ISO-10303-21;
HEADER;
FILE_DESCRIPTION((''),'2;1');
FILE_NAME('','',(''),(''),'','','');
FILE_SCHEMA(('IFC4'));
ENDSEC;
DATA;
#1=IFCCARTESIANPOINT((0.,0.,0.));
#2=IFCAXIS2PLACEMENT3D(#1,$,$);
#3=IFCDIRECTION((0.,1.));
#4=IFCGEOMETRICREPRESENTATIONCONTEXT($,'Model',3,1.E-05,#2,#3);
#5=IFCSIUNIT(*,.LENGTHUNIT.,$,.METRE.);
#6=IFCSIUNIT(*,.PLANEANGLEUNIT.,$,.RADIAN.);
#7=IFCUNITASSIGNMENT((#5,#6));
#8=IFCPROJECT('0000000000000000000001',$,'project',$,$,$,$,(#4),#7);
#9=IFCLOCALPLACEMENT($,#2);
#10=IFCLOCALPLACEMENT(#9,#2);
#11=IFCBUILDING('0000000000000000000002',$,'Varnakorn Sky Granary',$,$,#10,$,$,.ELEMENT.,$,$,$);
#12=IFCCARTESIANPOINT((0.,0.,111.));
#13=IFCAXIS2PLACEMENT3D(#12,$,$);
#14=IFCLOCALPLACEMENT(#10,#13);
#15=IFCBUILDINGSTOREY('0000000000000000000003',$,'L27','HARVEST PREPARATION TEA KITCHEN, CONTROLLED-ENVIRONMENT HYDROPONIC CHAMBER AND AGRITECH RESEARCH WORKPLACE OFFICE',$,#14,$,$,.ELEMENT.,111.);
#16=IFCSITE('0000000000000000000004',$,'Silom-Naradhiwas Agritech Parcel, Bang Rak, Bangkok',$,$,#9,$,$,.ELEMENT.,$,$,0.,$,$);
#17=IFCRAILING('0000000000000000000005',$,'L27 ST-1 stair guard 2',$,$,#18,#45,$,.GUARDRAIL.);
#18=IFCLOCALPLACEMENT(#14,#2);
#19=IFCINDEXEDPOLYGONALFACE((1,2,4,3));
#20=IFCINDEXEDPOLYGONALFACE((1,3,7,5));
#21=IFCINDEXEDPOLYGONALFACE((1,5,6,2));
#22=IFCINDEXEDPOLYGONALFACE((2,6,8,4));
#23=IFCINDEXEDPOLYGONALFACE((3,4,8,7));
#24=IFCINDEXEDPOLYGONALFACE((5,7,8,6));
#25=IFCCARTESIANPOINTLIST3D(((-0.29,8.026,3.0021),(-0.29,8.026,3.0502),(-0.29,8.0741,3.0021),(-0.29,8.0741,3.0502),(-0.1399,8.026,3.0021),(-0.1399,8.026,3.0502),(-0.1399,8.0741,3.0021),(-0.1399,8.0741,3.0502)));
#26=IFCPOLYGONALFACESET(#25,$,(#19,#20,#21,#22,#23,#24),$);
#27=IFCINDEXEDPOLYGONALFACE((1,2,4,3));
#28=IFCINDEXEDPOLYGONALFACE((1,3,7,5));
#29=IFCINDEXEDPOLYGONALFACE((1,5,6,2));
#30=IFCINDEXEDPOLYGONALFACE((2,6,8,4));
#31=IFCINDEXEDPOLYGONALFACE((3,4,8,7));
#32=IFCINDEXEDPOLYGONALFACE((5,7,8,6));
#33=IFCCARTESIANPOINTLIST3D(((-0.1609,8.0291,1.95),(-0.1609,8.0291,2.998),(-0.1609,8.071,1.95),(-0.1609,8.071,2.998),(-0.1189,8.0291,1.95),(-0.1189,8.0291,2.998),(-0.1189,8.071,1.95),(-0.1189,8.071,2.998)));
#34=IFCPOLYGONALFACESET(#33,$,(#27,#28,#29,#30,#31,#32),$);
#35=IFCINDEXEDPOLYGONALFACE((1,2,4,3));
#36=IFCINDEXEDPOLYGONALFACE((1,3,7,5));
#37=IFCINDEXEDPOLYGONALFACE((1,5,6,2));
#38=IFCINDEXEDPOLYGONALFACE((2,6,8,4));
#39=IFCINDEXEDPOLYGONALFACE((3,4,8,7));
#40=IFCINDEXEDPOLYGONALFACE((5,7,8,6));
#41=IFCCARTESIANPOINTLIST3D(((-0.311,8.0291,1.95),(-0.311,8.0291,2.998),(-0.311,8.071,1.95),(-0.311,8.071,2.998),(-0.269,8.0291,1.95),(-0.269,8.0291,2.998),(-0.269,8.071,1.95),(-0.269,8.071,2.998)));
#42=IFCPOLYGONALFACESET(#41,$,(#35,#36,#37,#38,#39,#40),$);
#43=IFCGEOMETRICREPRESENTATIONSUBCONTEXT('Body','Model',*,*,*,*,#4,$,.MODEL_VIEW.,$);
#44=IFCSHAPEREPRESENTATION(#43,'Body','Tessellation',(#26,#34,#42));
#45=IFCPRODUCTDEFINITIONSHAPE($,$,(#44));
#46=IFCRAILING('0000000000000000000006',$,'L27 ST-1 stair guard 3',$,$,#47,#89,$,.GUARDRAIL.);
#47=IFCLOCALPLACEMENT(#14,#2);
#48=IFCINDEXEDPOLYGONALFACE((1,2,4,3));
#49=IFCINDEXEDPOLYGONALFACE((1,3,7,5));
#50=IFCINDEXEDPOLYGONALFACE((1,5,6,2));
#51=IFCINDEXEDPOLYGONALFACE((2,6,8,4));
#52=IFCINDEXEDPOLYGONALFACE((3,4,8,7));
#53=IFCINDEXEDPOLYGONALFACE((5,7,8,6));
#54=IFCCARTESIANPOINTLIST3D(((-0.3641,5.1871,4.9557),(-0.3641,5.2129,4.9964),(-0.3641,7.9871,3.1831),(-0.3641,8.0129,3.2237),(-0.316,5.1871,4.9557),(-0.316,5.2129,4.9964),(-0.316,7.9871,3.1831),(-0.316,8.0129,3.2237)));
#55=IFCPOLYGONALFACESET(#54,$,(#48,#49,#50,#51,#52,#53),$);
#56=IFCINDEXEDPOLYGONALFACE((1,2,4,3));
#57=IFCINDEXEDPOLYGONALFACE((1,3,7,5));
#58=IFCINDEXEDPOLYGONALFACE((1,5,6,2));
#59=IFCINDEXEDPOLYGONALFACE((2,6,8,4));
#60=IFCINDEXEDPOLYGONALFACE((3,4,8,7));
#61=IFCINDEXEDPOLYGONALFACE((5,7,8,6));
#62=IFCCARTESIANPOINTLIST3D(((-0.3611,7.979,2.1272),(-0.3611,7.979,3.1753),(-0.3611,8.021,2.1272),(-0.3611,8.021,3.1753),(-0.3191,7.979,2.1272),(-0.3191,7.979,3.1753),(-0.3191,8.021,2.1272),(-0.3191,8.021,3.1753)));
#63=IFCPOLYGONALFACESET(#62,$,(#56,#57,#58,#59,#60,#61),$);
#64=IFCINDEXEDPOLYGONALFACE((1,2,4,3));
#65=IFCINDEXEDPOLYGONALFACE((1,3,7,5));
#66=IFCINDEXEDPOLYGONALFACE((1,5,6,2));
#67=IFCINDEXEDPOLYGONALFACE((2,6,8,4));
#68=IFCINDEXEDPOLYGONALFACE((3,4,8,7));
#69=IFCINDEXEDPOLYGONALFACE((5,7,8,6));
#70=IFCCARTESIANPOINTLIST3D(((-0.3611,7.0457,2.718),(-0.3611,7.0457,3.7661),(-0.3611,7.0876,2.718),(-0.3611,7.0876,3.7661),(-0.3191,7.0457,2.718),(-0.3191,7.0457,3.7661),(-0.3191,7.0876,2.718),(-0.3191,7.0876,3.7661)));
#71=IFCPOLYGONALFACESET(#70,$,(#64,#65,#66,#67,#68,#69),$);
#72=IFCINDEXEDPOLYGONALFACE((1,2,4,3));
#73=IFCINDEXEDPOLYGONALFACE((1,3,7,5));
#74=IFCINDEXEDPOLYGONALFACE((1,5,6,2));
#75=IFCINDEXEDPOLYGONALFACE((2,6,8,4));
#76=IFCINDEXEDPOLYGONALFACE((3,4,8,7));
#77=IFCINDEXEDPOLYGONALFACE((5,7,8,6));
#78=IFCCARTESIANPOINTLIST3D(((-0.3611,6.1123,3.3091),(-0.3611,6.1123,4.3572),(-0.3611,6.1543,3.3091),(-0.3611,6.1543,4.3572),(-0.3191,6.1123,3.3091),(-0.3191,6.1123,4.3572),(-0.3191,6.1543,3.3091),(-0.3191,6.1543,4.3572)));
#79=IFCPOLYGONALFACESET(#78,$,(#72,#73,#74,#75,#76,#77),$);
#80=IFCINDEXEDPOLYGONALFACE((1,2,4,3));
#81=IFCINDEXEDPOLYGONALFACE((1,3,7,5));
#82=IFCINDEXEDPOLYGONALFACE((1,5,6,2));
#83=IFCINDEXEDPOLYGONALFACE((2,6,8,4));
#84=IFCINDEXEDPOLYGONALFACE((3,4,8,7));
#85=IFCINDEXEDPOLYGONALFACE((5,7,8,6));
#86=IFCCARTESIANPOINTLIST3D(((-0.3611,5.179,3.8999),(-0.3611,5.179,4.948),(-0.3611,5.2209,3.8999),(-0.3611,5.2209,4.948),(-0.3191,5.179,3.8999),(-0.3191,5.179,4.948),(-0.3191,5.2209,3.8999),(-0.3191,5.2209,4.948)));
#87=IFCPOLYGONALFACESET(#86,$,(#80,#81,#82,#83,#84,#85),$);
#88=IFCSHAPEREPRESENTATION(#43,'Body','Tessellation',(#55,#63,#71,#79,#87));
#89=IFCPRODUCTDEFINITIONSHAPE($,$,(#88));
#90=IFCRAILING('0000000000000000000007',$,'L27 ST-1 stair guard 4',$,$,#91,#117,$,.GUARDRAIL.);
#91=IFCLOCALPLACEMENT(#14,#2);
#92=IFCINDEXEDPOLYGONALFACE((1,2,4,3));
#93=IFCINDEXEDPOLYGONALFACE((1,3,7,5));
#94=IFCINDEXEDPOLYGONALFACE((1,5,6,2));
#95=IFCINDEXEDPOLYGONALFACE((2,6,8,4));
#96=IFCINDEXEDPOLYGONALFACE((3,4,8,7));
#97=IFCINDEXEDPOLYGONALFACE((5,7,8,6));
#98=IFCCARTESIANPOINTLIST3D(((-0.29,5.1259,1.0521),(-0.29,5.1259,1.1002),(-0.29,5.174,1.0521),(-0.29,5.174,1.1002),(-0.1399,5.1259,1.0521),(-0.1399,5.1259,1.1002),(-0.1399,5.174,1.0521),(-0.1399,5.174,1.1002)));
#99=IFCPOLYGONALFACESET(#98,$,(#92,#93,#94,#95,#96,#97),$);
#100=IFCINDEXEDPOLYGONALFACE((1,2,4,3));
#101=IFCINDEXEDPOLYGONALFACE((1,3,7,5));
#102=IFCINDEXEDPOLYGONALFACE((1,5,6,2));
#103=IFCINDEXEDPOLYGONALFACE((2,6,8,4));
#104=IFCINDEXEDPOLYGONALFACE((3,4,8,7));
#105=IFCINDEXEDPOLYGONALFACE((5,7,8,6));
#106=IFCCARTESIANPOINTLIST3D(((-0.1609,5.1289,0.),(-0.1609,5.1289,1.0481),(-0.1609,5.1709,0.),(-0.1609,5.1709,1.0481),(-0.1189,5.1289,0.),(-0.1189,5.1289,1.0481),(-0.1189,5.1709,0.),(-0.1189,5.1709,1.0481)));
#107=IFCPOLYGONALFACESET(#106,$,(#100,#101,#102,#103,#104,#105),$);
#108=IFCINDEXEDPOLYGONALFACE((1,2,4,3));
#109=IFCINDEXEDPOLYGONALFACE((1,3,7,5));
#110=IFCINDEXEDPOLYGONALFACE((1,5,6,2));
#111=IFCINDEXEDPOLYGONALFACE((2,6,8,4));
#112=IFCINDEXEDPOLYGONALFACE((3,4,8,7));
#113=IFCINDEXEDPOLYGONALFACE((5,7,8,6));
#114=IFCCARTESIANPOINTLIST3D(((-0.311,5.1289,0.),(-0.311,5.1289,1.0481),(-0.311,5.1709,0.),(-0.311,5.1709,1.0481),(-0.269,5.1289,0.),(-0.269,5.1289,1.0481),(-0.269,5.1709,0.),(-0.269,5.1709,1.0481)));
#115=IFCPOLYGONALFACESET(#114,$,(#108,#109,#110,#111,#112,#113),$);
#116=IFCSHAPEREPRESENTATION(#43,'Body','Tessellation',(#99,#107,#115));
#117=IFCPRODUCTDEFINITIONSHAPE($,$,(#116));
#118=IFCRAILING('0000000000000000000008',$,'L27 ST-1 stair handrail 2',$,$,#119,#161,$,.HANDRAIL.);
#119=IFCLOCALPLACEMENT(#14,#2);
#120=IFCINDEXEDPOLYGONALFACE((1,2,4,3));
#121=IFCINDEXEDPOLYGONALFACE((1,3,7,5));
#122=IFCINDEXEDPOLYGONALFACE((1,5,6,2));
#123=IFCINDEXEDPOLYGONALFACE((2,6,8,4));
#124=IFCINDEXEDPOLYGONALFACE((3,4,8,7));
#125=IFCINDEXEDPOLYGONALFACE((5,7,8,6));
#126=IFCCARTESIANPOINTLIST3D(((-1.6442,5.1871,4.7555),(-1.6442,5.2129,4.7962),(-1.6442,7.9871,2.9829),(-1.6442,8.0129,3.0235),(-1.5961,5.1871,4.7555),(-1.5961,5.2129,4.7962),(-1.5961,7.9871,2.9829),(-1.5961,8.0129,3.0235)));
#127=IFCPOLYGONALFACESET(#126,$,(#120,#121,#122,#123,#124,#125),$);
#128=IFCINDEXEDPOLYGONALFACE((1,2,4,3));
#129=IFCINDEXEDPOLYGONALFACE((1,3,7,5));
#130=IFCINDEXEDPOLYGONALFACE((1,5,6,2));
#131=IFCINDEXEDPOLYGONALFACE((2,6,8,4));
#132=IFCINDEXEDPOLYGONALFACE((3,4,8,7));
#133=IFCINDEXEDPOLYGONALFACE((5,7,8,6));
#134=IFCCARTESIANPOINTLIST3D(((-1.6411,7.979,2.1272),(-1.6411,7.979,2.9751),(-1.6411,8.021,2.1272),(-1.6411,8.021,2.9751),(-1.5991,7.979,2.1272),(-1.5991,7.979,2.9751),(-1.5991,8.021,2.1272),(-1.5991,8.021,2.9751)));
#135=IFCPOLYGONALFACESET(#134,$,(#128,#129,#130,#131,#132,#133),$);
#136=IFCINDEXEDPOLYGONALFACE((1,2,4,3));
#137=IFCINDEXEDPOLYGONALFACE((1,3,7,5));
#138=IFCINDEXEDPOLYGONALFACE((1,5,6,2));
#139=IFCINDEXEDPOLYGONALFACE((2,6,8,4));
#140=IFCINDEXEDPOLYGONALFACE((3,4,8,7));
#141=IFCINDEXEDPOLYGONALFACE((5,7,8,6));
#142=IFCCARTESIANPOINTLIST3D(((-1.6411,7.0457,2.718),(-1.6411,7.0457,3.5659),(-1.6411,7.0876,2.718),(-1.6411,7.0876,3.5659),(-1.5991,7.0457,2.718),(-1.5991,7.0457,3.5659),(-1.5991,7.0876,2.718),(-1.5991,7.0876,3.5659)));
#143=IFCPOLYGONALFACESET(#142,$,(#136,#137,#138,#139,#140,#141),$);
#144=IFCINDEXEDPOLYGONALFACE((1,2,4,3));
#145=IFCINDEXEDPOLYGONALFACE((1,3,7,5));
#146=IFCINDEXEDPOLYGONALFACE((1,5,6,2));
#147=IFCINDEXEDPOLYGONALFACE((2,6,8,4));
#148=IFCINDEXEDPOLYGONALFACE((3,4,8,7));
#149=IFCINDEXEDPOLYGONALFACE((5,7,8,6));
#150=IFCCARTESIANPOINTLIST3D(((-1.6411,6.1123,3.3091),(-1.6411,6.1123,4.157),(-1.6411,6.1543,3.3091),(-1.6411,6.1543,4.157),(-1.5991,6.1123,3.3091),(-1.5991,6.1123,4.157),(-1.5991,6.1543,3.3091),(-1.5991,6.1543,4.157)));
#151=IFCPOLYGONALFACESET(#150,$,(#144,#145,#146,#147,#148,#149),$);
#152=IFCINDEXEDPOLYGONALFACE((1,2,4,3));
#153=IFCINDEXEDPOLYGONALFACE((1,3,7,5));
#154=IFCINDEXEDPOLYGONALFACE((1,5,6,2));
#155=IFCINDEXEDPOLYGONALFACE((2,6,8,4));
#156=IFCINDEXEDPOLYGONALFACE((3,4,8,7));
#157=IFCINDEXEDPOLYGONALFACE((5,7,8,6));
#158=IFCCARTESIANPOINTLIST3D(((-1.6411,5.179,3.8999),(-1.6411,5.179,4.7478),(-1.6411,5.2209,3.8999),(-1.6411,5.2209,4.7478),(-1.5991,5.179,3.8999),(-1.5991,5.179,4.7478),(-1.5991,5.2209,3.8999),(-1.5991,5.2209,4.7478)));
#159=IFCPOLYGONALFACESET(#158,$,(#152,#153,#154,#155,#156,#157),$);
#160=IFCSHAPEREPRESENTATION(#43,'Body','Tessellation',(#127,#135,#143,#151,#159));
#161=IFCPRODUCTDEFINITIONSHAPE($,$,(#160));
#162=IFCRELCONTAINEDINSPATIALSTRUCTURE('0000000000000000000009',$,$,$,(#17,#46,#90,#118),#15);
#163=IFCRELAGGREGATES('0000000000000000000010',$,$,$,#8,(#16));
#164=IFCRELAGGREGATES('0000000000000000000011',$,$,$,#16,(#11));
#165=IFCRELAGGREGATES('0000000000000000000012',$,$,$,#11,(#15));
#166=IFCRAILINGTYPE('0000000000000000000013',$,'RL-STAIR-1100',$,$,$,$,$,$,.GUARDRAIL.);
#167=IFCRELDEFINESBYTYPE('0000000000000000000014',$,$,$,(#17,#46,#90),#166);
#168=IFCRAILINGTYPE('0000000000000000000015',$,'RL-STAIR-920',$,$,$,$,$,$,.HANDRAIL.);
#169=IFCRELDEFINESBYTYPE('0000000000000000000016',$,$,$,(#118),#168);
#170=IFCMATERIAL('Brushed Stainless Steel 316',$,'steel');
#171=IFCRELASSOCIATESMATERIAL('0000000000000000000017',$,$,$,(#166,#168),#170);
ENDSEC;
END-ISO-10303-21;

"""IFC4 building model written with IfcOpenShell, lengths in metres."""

from ifc_helpers import new_model, si_unit, direction, frame, origin, origin_2d, place, context, subcontext, project, spatial, rectangle, extrude, material, type_object, element, save


model = new_model("IFC4")

# Units and contexts
model_context = context("Model", 3, precision=1e-05, world=origin(), true_north=direction((0.0, 1.0)))
body_context = subcontext(model_context, "Body", "Model", "MODEL_VIEW")
ifc_project = project(units=[si_unit("LENGTHUNIT", "METRE"), si_unit("PLANEANGLEUNIT", "RADIAN")], contexts=[model_context])

# Site, building, storey
site_placement = place(None, origin())
site = spatial("IfcSite", under=ifc_project, at=site_placement, Name="Silom-Naradhiwas Agritech Parcel, Bang Rak, Bangkok", CompositionType="ELEMENT", RefElevation=0.0)
building_placement = place(site_placement, origin())
building = spatial("IfcBuilding", under=site, at=building_placement, Name="Varnakorn Sky Granary", CompositionType="ELEMENT")
storey_placement = place(building_placement, frame((0.0, 0.0, 111.0)))
storey = spatial("IfcBuildingStorey", under=building, at=storey_placement, Name="L27", Description="HARVEST PREPARATION TEA KITCHEN, CONTROLLED-ENVIRONMENT HYDROPONIC CHAMBER AND AGRITECH RESEARCH WORKPLACE OFFICE", CompositionType="ELEMENT", Elevation=111.0)

# Railings
ifc_material_1 = material(Name="Brushed Stainless Steel 316", Category="steel")
railing_type_1 = type_object("IfcRailingType", Name="RL-STAIR-1100", PredefinedType="GUARDRAIL", material=ifc_material_1)
railing_1_placement = place(storey_placement, frame((-0.1399, 8.05, 1.95)))
element("IfcRailing", 1, at=railing_1_placement, inside=storey, type_object=railing_type_1, Name="L27 ST-1 stair guard 2", PredefinedType="GUARDRAIL", context=body_context, shape_type="SweptSolid", body=[
    extrude(rectangle(XDim=0.0481, YDim=0.0481, at=origin_2d()), frame((0.0, 0.0, 1.0762), z_axis=(-1.0, 0.0, 0.0), x_axis=(0.0, -1.0, 0.0)), (0.0, 0.0, 1.0), 0.1501),
    extrude(rectangle(XDim=0.042, YDim=0.042, at=origin_2d()), origin(), (0.0, 0.0, 1.0), 1.0481),
    extrude(rectangle(XDim=0.042, YDim=0.042, at=origin_2d()), frame((-0.1501, 0.0, 0.0)), (0.0, 0.0, 1.0), 1.0481),
])
railing_2_placement = place(storey_placement, frame((-0.3401, 8.0, 2.1272)))
element("IfcRailing", 2, at=railing_2_placement, inside=storey, type_object=railing_type_1, Name="L27 ST-1 stair guard 3", PredefinedType="GUARDRAIL", context=body_context, shape_type="SweptSolid", body=[
    extrude(rectangle(XDim=0.0481, YDim=0.0481, at=origin_2d()), frame((0.0, 0.0, 1.0762), z_axis=(0.0, -0.844909, 0.53491), x_axis=(1.0, 0.0, 0.0)), (0.0, 0.0, 1.0), 3.314),
    extrude(rectangle(XDim=0.042, YDim=0.042, at=origin_2d()), origin(), (0.0, 0.0, 1.0), 1.0481),
    extrude(rectangle(XDim=0.042, YDim=0.042, at=origin_2d()), frame((0.0, -0.9333, 0.5908)), (0.0, 0.0, 1.0), 1.0481),
    extrude(rectangle(XDim=0.042, YDim=0.042, at=origin_2d()), frame((0.0, -1.8667, 1.1819)), (0.0, 0.0, 1.0), 1.0481),
    extrude(rectangle(XDim=0.042, YDim=0.042, at=origin_2d()), frame((0.0, -2.8, 1.7727)), (0.0, 0.0, 1.0), 1.0481),
])
railing_3_placement = place(storey_placement, frame((-0.1399, 5.1499, 0.0)))
element("IfcRailing", 3, at=railing_3_placement, inside=storey, type_object=railing_type_1, Name="L27 ST-1 stair guard 4", PredefinedType="GUARDRAIL", context=body_context, shape_type="SweptSolid", body=[
    extrude(rectangle(XDim=0.0481, YDim=0.0481, at=origin_2d()), frame((0.0, 0.0, 1.0762), z_axis=(-1.0, 0.0, 0.0), x_axis=(0.0, -1.0, 0.0)), (0.0, 0.0, 1.0), 0.1501),
    extrude(rectangle(XDim=0.042, YDim=0.042, at=origin_2d()), origin(), (0.0, 0.0, 1.0), 1.0481),
    extrude(rectangle(XDim=0.042, YDim=0.042, at=origin_2d()), frame((-0.1501, 0.0, 0.0)), (0.0, 0.0, 1.0), 1.0481),
])
railing_type_2 = type_object("IfcRailingType", Name="RL-STAIR-920", PredefinedType="HANDRAIL", material=ifc_material_1)
railing_4_placement = place(storey_placement, frame((-1.6201, 8.0, 2.1272)))
element("IfcRailing", 4, at=railing_4_placement, inside=storey, type_object=railing_type_2, Name="L27 ST-1 stair handrail 2", PredefinedType="HANDRAIL", context=body_context, shape_type="SweptSolid", body=[
    extrude(rectangle(XDim=0.0481, YDim=0.0481, at=origin_2d()), frame((0.0, 0.0, 0.876), z_axis=(0.0, -0.844909, 0.53491), x_axis=(1.0, 0.0, 0.0)), (0.0, 0.0, 1.0), 3.314),
    extrude(rectangle(XDim=0.042, YDim=0.042, at=origin_2d()), origin(), (0.0, 0.0, 1.0), 0.8479),
    extrude(rectangle(XDim=0.042, YDim=0.042, at=origin_2d()), frame((0.0, -0.9333, 0.5908)), (0.0, 0.0, 1.0), 0.8479),
    extrude(rectangle(XDim=0.042, YDim=0.042, at=origin_2d()), frame((0.0, -1.8667, 1.1819)), (0.0, 0.0, 1.0), 0.8479),
    extrude(rectangle(XDim=0.042, YDim=0.042, at=origin_2d()), frame((0.0, -2.8, 1.7727)), (0.0, 0.0, 1.0), 0.8479),
])

save(model, "model.ifc")
